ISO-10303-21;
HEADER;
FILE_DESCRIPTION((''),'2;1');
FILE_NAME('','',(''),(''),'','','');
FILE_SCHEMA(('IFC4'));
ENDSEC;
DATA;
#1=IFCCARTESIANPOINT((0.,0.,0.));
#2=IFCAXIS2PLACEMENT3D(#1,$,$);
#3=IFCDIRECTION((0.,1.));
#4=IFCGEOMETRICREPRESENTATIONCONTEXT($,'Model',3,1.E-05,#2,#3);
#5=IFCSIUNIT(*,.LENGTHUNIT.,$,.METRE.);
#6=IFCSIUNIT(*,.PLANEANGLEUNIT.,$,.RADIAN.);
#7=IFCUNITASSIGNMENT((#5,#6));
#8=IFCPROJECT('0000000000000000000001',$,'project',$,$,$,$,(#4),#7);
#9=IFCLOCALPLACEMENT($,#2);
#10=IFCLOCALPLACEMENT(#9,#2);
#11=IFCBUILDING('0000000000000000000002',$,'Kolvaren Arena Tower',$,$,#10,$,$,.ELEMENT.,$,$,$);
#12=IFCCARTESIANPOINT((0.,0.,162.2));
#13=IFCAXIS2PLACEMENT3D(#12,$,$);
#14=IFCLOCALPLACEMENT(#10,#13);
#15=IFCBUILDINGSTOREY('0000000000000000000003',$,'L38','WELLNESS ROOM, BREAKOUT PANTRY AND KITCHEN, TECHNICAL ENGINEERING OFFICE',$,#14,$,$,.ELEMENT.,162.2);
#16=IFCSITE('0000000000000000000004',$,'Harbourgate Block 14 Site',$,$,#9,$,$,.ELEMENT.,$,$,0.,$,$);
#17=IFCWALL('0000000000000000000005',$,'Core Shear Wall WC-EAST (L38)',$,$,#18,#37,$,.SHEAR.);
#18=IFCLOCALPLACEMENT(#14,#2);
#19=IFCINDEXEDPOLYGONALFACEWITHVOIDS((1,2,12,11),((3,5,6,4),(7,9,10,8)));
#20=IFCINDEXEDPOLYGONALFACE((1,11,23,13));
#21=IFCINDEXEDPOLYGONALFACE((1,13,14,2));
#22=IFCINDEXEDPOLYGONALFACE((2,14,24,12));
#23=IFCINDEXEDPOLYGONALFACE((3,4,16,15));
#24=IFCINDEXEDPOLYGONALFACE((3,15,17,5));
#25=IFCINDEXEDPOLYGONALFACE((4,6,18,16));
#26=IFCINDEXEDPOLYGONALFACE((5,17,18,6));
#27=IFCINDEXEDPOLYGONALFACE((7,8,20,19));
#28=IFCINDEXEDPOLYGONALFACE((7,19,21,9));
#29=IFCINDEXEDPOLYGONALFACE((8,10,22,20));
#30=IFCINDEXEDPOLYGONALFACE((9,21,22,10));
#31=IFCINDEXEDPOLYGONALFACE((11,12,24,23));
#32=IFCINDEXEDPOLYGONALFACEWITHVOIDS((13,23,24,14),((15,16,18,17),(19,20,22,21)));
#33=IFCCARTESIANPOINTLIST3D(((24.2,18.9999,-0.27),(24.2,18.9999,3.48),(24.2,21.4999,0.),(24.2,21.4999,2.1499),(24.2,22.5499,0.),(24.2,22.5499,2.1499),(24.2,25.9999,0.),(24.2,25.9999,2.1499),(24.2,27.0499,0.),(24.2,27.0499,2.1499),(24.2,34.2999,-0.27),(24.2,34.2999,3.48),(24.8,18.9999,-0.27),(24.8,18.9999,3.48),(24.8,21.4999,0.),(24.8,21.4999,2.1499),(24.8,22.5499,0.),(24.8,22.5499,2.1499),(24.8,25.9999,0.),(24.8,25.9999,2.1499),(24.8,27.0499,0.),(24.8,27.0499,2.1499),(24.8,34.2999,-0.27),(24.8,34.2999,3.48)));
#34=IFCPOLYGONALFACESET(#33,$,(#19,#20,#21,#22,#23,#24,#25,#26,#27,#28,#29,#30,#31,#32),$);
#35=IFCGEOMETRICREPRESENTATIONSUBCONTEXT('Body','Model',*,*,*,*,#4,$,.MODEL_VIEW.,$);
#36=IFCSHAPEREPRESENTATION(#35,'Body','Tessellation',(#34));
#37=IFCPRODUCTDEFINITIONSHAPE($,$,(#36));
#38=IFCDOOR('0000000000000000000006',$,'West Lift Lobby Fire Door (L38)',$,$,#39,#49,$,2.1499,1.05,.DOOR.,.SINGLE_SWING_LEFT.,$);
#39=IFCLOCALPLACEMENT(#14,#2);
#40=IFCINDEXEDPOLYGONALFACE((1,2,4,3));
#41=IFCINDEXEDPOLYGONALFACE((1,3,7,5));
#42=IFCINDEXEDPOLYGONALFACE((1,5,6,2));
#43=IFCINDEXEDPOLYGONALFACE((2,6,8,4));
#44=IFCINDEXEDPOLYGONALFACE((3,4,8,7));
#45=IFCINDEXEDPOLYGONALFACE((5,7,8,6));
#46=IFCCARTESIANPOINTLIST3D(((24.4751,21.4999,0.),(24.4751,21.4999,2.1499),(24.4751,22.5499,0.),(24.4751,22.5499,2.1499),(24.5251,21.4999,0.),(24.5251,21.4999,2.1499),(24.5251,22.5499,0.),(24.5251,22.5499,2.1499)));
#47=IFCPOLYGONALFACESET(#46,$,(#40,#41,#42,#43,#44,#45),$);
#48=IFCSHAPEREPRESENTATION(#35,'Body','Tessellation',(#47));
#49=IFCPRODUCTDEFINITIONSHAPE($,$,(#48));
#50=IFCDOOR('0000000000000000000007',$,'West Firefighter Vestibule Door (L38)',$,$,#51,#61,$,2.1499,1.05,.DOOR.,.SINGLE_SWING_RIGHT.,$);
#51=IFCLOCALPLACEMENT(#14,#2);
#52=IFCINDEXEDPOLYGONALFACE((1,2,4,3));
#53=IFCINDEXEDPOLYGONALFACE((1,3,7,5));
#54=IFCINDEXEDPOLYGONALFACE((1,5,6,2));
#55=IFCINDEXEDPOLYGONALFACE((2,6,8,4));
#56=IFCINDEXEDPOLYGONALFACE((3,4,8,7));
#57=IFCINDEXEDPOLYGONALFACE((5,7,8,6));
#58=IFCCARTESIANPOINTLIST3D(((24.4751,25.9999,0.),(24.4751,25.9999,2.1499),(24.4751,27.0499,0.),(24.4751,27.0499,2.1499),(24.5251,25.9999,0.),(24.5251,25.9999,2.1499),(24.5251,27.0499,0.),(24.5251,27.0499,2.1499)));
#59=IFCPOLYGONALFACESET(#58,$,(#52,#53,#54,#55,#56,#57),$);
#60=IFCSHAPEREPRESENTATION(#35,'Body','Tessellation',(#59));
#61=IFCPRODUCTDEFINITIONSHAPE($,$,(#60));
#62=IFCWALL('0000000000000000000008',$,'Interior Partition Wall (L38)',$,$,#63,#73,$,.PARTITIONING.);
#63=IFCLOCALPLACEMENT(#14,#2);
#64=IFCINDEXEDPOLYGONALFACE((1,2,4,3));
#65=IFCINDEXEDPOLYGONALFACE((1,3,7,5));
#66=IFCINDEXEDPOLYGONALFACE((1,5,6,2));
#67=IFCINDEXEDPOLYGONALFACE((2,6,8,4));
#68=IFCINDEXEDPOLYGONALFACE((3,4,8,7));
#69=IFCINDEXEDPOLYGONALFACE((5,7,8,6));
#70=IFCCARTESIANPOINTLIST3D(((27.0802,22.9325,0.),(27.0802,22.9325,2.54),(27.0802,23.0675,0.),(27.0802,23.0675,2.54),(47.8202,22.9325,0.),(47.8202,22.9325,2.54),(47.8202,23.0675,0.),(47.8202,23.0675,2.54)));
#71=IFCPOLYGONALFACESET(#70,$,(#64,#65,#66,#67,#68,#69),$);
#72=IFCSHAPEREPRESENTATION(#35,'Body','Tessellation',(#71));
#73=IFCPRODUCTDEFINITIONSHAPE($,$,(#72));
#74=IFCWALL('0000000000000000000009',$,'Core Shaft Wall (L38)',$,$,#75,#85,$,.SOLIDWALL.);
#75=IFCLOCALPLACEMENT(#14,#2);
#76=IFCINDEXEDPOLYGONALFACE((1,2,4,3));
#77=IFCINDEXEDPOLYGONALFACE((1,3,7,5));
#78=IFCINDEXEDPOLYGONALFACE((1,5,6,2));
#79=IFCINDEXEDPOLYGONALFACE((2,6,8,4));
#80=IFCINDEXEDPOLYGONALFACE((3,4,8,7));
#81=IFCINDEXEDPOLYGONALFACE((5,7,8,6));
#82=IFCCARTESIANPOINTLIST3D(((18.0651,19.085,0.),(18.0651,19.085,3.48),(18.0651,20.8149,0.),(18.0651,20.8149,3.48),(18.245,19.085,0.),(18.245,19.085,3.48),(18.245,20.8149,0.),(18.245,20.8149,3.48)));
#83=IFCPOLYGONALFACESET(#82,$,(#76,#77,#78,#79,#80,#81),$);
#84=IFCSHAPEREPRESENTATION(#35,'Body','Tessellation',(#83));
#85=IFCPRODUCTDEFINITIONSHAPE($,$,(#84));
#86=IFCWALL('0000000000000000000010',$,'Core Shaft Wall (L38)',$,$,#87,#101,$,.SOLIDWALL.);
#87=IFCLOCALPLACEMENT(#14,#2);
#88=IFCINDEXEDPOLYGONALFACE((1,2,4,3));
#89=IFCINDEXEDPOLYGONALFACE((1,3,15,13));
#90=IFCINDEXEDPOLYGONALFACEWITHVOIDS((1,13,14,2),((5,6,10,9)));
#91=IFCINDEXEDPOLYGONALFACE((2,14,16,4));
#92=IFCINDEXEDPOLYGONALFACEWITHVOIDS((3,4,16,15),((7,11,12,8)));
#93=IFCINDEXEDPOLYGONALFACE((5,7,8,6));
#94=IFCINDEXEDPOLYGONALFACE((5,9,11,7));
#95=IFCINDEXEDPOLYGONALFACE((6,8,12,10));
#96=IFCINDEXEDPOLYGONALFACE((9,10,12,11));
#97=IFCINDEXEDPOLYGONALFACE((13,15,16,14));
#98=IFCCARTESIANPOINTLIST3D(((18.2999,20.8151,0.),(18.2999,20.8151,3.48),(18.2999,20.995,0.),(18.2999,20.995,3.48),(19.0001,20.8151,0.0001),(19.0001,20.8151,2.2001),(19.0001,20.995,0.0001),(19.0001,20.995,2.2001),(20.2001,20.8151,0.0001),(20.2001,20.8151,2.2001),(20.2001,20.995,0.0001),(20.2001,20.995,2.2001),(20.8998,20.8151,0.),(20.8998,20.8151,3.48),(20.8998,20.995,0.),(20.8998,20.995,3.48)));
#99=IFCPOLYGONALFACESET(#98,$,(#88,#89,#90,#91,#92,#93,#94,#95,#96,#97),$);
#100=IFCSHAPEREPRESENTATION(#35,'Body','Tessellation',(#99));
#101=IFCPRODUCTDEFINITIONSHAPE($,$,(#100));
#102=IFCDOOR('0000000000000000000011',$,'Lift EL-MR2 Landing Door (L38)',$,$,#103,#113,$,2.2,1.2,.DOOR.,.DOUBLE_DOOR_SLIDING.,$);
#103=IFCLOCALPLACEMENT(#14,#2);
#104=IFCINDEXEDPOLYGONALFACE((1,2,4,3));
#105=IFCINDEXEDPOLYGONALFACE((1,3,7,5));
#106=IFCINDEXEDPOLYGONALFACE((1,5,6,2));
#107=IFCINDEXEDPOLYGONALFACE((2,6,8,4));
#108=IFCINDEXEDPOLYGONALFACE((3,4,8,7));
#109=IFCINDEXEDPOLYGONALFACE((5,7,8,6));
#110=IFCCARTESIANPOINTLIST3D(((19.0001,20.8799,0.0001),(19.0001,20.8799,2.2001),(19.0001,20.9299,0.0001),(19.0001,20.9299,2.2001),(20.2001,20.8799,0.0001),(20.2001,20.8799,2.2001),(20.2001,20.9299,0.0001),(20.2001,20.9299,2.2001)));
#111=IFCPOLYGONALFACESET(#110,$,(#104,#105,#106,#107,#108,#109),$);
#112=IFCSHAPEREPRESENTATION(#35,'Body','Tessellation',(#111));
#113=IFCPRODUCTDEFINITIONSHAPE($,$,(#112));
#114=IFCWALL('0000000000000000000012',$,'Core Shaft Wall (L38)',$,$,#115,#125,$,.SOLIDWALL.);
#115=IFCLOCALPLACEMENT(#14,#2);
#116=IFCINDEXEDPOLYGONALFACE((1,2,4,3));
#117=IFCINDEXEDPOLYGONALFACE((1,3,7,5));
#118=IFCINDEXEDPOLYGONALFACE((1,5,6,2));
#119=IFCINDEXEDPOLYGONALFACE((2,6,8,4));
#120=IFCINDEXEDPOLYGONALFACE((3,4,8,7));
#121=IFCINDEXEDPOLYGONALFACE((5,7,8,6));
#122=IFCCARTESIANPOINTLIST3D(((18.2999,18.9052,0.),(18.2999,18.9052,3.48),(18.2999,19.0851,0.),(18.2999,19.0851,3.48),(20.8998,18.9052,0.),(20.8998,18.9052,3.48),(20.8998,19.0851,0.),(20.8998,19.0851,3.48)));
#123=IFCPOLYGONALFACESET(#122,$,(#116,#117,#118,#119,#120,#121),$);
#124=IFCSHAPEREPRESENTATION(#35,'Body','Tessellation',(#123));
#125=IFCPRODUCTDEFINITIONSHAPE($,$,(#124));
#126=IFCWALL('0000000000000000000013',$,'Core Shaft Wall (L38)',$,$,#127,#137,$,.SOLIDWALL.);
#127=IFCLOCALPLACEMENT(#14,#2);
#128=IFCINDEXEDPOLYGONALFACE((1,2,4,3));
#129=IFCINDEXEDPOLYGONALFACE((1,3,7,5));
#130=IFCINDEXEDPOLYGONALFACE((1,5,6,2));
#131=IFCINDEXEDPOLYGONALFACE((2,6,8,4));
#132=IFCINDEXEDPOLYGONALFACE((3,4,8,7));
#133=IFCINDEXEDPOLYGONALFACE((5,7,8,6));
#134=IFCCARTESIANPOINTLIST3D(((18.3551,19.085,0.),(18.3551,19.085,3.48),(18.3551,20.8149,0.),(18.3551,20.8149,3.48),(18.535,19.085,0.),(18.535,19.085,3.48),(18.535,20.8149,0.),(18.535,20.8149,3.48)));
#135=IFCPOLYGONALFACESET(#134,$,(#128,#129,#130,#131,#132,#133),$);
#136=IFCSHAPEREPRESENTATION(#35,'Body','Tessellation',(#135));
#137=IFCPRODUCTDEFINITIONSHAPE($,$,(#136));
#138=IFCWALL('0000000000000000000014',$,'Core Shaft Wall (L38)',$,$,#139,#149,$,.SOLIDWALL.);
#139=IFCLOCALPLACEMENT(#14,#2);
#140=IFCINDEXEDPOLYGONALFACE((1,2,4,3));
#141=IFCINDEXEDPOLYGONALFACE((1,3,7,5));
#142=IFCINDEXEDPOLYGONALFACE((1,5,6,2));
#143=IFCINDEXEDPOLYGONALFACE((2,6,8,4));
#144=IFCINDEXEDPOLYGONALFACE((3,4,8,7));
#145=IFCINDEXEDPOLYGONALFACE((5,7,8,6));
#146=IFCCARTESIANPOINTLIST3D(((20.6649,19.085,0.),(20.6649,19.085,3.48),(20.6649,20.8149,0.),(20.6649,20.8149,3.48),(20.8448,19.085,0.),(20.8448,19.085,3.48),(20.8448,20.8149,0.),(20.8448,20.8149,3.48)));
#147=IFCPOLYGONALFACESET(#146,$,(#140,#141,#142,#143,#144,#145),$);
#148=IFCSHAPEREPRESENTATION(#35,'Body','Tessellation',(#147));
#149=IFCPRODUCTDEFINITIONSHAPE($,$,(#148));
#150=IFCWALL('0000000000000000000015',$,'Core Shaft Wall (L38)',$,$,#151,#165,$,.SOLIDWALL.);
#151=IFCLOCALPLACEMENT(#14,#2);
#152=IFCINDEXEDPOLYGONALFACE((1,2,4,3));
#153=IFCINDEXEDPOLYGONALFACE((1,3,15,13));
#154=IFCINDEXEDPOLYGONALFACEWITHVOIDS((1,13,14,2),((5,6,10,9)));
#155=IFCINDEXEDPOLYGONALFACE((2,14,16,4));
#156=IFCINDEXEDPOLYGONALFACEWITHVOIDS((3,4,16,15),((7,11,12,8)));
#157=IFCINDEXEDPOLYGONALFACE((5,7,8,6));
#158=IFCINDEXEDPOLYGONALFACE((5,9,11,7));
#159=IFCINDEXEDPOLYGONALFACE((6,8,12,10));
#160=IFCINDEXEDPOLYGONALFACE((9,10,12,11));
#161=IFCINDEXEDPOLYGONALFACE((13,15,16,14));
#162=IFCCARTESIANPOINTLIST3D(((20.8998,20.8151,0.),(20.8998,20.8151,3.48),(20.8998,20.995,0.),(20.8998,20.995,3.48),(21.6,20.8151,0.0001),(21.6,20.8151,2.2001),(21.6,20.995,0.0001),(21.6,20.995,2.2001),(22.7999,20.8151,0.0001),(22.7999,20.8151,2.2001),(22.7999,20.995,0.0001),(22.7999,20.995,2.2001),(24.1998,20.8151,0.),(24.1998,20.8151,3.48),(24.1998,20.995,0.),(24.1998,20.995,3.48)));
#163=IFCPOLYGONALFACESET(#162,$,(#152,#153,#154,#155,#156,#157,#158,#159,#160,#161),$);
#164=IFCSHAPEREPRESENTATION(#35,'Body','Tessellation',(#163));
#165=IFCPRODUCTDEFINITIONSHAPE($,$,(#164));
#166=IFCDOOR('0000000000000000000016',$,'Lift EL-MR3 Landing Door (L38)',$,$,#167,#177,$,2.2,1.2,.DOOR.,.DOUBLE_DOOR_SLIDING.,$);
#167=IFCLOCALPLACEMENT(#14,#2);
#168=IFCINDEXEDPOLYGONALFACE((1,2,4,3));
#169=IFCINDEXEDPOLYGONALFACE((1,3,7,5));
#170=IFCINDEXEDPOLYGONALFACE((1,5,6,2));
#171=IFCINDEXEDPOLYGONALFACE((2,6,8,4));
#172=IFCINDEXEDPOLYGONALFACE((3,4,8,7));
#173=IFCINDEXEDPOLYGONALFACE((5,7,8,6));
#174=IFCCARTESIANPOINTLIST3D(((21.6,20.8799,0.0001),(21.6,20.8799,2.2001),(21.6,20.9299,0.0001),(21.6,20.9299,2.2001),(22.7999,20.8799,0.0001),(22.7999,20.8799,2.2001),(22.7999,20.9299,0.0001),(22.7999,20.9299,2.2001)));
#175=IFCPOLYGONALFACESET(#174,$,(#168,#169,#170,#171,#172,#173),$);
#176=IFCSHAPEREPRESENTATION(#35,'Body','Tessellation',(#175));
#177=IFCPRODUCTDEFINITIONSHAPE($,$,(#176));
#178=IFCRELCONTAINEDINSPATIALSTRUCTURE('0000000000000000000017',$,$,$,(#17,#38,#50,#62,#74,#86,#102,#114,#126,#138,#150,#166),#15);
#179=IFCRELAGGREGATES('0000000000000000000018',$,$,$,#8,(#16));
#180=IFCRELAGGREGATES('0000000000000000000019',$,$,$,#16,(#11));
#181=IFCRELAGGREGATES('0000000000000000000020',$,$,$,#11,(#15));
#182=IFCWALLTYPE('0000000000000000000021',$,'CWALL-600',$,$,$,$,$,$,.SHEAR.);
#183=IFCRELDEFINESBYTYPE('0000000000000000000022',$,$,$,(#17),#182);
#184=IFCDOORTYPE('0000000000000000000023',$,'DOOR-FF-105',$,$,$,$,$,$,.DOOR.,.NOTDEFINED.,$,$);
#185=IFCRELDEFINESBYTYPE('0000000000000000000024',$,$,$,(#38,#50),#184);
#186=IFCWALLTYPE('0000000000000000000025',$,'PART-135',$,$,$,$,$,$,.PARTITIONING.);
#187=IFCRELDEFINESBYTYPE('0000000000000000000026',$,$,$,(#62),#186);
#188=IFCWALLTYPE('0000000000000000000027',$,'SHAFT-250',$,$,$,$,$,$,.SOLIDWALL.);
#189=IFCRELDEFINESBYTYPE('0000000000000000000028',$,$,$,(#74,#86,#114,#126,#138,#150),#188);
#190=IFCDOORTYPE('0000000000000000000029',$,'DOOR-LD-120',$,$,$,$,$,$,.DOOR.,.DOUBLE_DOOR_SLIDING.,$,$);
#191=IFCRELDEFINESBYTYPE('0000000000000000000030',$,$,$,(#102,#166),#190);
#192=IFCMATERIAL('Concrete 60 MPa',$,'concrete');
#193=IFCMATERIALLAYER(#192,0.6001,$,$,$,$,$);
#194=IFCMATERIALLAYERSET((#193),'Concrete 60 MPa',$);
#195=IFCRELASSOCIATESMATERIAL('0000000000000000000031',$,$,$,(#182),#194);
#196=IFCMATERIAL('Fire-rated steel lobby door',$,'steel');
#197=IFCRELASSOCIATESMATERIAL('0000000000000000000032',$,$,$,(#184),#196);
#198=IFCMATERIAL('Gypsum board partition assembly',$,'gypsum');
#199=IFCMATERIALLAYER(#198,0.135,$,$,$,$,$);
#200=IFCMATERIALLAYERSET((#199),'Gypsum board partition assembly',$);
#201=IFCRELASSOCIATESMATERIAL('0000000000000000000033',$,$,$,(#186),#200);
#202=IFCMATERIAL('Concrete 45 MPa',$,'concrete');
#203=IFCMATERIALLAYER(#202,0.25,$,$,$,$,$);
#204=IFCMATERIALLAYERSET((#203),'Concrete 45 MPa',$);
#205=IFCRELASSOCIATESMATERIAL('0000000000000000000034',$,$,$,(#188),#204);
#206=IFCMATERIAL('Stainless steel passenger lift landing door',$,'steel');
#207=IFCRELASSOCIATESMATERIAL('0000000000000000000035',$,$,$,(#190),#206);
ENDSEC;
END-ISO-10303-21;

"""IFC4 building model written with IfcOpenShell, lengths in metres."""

from ifc_helpers import new_model, si_unit, direction, frame, frame_2d, origin, place, context, subcontext, project, spatial, rectangle, extrude, material, layer, layer_set, type_object, element, fill, save


model = new_model("IFC4")

# Units and contexts
model_context = context("Model", 3, precision=1e-05, world=origin(), true_north=direction((0.0, 1.0)))
body_context = subcontext(model_context, "Body", "Model", "MODEL_VIEW")
ifc_project = project(units=[si_unit("LENGTHUNIT", "METRE"), si_unit("PLANEANGLEUNIT", "RADIAN")], contexts=[model_context])

# Site, building, storey
site_placement = place(None, origin())
site = spatial("IfcSite", under=ifc_project, at=site_placement, Name="Harbourgate Block 14 Site", CompositionType="ELEMENT", RefElevation=0.0)
building_placement = place(site_placement, origin())
building = spatial("IfcBuilding", under=site, at=building_placement, Name="Kolvaren Arena Tower", CompositionType="ELEMENT")
storey_placement = place(building_placement, frame((0.0, 0.0, 162.2)))
storey = spatial("IfcBuildingStorey", under=building, at=storey_placement, Name="L38", Description="WELLNESS ROOM, BREAKOUT PANTRY AND KITCHEN, TECHNICAL ENGINEERING OFFICE", CompositionType="ELEMENT", Elevation=162.2)

# Wall, openings, doors
ifc_material_1 = material(Name="Concrete 60 MPa", Category="concrete")
ifc_layer_1 = layer(ifc_material_1, 0.6001)
ifc_layer_set_1 = layer_set([ifc_layer_1], Name="Concrete 60 MPa")
wall_type_1 = type_object("IfcWallType", Name="CWALL-600", PredefinedType="SHEAR", material=ifc_layer_set_1)
wall_1_placement = place(storey_placement, frame((24.5, 19.0, -0.27), z_axis=(0.0, 0.0, 1.0), x_axis=(0.0, 1.0, 0.0)))
wall_1 = element("IfcWall", 1, at=wall_1_placement, inside=storey, type_object=wall_type_1, Name="Core Shear Wall WC-EAST (L38)", PredefinedType="SHEAR", context=body_context, shape_type="SweptSolid", body=[
    extrude(rectangle(XDim=15.3, YDim=0.6001, at=frame_2d((7.6499, 0.0))), origin(), (0.0, 0.0, 1.0), 3.75),
])
opening_1_placement = place(wall_1_placement, frame((2.5, 0.0, 0.27)))
opening_1 = element("IfcOpeningElement", 2, at=opening_1_placement, cuts=wall_1, PredefinedType="OPENING", context=body_context, shape_type="SweptSolid", body=[
    extrude(rectangle(XDim=1.05, YDim=2.1499, at=frame_2d((0.5249, 1.075))), frame((0.0, 0.3101, 0.0), z_axis=(0.0, -1.0, 0.0), x_axis=(1.0, 0.0, 0.0)), (0.0, 0.0, 1.0), 0.6201),
])
opening_2_placement = place(wall_1_placement, frame((7.0, 0.0, 0.27)))
opening_2 = element("IfcOpeningElement", 3, at=opening_2_placement, cuts=wall_1, PredefinedType="OPENING", context=body_context, shape_type="SweptSolid", body=[
    extrude(rectangle(XDim=1.05, YDim=2.1499, at=frame_2d((0.5249, 1.075))), frame((0.0, 0.3101, 0.0), z_axis=(0.0, -1.0, 0.0), x_axis=(1.0, 0.0, 0.0)), (0.0, 0.0, 1.0), 0.6201),
])
ifc_material_2 = material(Name="Fire-rated steel lobby door", Category="steel")
door_type_1 = type_object("IfcDoorType", Name="DOOR-FF-105", OperationType="NOTDEFINED", PredefinedType="DOOR", material=ifc_material_2)
door_1_placement = place(opening_1_placement, origin())
door_1 = element("IfcDoor", 4, at=door_1_placement, inside=storey, type_object=door_type_1, Name="West Lift Lobby Fire Door (L38)", OperationType="SINGLE_SWING_LEFT", OverallHeight=2.1499, OverallWidth=1.05, PredefinedType="DOOR", context=body_context, shape_type="SweptSolid", body=[
    extrude(rectangle(XDim=1.05, YDim=2.1499, at=frame_2d((0.5249, 1.075))), frame((0.0, 0.0249, 0.0), z_axis=(0.0, -1.0, 0.0), x_axis=(1.0, 0.0, 0.0)), (0.0, 0.0, 1.0), 0.05),
])
fill(opening_1, door_1)
door_2_placement = place(opening_2_placement, origin())
door_2 = element("IfcDoor", 5, at=door_2_placement, inside=storey, type_object=door_type_1, Name="West Firefighter Vestibule Door (L38)", OperationType="SINGLE_SWING_RIGHT", OverallHeight=2.1499, OverallWidth=1.05, PredefinedType="DOOR", context=body_context, shape_type="SweptSolid", body=[
    extrude(rectangle(XDim=1.05, YDim=2.1499, at=frame_2d((0.5249, 1.075))), frame((0.0, 0.0249, 0.0), z_axis=(0.0, -1.0, 0.0), x_axis=(1.0, 0.0, 0.0)), (0.0, 0.0, 1.0), 0.05),
])
fill(opening_2, door_2)

# Walls
ifc_material_3 = material(Name="Gypsum board partition assembly", Category="gypsum")
ifc_layer_2 = layer(ifc_material_3, 0.135)
ifc_layer_set_2 = layer_set([ifc_layer_2], Name="Gypsum board partition assembly")
wall_type_2 = type_object("IfcWallType", Name="PART-135", PredefinedType="PARTITIONING", material=ifc_layer_set_2)
wall_2_placement = place(storey_placement, frame((27.0801, 23.0, 0.0), z_axis=(0.0, 0.0, 1.0), x_axis=(1.0, 0.0, 0.0)))
element("IfcWall", 6, at=wall_2_placement, inside=storey, type_object=wall_type_2, Name="Interior Partition Wall (L38)", PredefinedType="PARTITIONING", context=body_context, shape_type="SweptSolid", body=[
    extrude(rectangle(XDim=20.74, YDim=0.135, at=frame_2d((10.3701, 0.0))), origin(), (0.0, 0.0, 1.0), 2.54),
])
ifc_material_4 = material(Name="Concrete 45 MPa", Category="concrete")
ifc_layer_3 = layer(ifc_material_4, 0.25)
ifc_layer_set_3 = layer_set([ifc_layer_3], Name="Concrete 45 MPa")
wall_type_3 = type_object("IfcWallType", Name="SHAFT-250", PredefinedType="SOLIDWALL", material=ifc_layer_set_3)
wall_3_placement = place(storey_placement, frame((18.155, 19.085, 0.0), z_axis=(0.0, 0.0, 1.0), x_axis=(0.0, 1.0, 0.0)))
element("IfcWall", 7, at=wall_3_placement, inside=storey, type_object=wall_type_3, Name="Core Shaft Wall (L38)", PredefinedType="SOLIDWALL", context=body_context, shape_type="SweptSolid", body=[
    extrude(rectangle(XDim=1.73, YDim=0.1799, at=frame_2d((0.865, 0.0))), origin(), (0.0, 0.0, 1.0), 3.48),
])

# Wall, opening, door
wall_4_placement = place(storey_placement, frame((18.3, 20.905, 0.0), z_axis=(0.0, 0.0, 1.0), x_axis=(1.0, 0.0, 0.0)))
wall_4 = element("IfcWall", 8, at=wall_4_placement, inside=storey, type_object=wall_type_3, Name="Core Shaft Wall (L38)", PredefinedType="SOLIDWALL", context=body_context, shape_type="SweptSolid", body=[
    extrude(rectangle(XDim=2.5999, YDim=0.1799, at=frame_2d((1.2998, 0.0))), origin(), (0.0, 0.0, 1.0), 3.48),
])
opening_3_placement = place(wall_4_placement, frame((0.7, 0.0, 0.0)))
opening_3 = element("IfcOpeningElement", 9, at=opening_3_placement, cuts=wall_4, PredefinedType="OPENING", context=body_context, shape_type="SweptSolid", body=[
    extrude(rectangle(XDim=1.2, YDim=2.2, at=frame_2d((0.6001, 1.1001))), frame((0.0, 0.0999, 0.0), z_axis=(0.0, -1.0, 0.0), x_axis=(1.0, 0.0, 0.0)), (0.0, 0.0, 1.0), 0.2),
])
ifc_material_5 = material(Name="Stainless steel passenger lift landing door", Category="steel")
door_type_2 = type_object("IfcDoorType", Name="DOOR-LD-120", OperationType="DOUBLE_DOOR_SLIDING", PredefinedType="DOOR", material=ifc_material_5)
door_3_placement = place(opening_3_placement, origin())
door_3 = element("IfcDoor", 10, at=door_3_placement, inside=storey, type_object=door_type_2, Name="Lift EL-MR2 Landing Door (L38)", OperationType="DOUBLE_DOOR_SLIDING", OverallHeight=2.2, OverallWidth=1.2, PredefinedType="DOOR", context=body_context, shape_type="SweptSolid", body=[
    extrude(rectangle(XDim=1.2, YDim=2.2, at=frame_2d((0.6001, 1.1001))), frame((0.0, 0.0249, 0.0), z_axis=(0.0, -1.0, 0.0), x_axis=(1.0, 0.0, 0.0)), (0.0, 0.0, 1.0), 0.05),
])
fill(opening_3, door_3)

# Walls
wall_5_placement = place(storey_placement, frame((18.3, 18.9951, 0.0), z_axis=(0.0, 0.0, 1.0), x_axis=(1.0, 0.0, 0.0)))
element("IfcWall", 11, at=wall_5_placement, inside=storey, type_object=wall_type_3, Name="Core Shaft Wall (L38)", PredefinedType="SOLIDWALL", context=body_context, shape_type="SweptSolid", body=[
    extrude(rectangle(XDim=2.5999, YDim=0.1799, at=frame_2d((1.2998, 0.0))), origin(), (0.0, 0.0, 1.0), 3.48),
])
for number, where, z_axis, x_axis, name in (
    (12, (18.4451, 19.085, 0.0), (0.0, 0.0, 1.0), (0.0, 1.0, 0.0), "Core Shaft Wall (L38)"),
    (13, (20.7549, 19.085, 0.0), (0.0, 0.0, 1.0), (0.0, 1.0, 0.0), "Core Shaft Wall (L38)"),
):
    element("IfcWall", number, at=place(storey_placement, frame(where, z_axis=z_axis, x_axis=x_axis)), inside=storey, type_object=wall_type_3, Name=name, PredefinedType="SOLIDWALL", context=body_context, shape_type="SweptSolid", body=[
        extrude(rectangle(XDim=1.73, YDim=0.1799, at=frame_2d((0.865, 0.0))), origin(), (0.0, 0.0, 1.0), 3.48),
    ])

# Wall, opening, door
wall_6_placement = place(storey_placement, frame((20.8999, 20.905, 0.0), z_axis=(0.0, 0.0, 1.0), x_axis=(1.0, 0.0, 0.0)))
wall_6 = element("IfcWall", 14, at=wall_6_placement, inside=storey, type_object=wall_type_3, Name="Core Shaft Wall (L38)", PredefinedType="SOLIDWALL", context=body_context, shape_type="SweptSolid", body=[
    extrude(rectangle(XDim=3.3, YDim=0.1799, at=frame_2d((1.6499, 0.0))), origin(), (0.0, 0.0, 1.0), 3.48),
])
opening_4_placement = place(wall_6_placement, frame((0.7, 0.0, 0.0)))
opening_4 = element("IfcOpeningElement", 15, at=opening_4_placement, cuts=wall_6, PredefinedType="OPENING", context=body_context, shape_type="SweptSolid", body=[
    extrude(rectangle(XDim=1.2, YDim=2.2, at=frame_2d((0.6001, 1.1001))), frame((0.0, 0.0999, 0.0), z_axis=(0.0, -1.0, 0.0), x_axis=(1.0, 0.0, 0.0)), (0.0, 0.0, 1.0), 0.2),
])
door_4_placement = place(opening_4_placement, origin())
door_4 = element("IfcDoor", 16, at=door_4_placement, inside=storey, type_object=door_type_2, Name="Lift EL-MR3 Landing Door (L38)", OperationType="DOUBLE_DOOR_SLIDING", OverallHeight=2.2, OverallWidth=1.2, PredefinedType="DOOR", context=body_context, shape_type="SweptSolid", body=[
    extrude(rectangle(XDim=1.2, YDim=2.2, at=frame_2d((0.6001, 1.1001))), frame((0.0, 0.0249, 0.0), z_axis=(0.0, -1.0, 0.0), x_axis=(1.0, 0.0, 0.0)), (0.0, 0.0, 1.0), 0.05),
])
fill(opening_4, door_4)

save(model, "model.ifc")
